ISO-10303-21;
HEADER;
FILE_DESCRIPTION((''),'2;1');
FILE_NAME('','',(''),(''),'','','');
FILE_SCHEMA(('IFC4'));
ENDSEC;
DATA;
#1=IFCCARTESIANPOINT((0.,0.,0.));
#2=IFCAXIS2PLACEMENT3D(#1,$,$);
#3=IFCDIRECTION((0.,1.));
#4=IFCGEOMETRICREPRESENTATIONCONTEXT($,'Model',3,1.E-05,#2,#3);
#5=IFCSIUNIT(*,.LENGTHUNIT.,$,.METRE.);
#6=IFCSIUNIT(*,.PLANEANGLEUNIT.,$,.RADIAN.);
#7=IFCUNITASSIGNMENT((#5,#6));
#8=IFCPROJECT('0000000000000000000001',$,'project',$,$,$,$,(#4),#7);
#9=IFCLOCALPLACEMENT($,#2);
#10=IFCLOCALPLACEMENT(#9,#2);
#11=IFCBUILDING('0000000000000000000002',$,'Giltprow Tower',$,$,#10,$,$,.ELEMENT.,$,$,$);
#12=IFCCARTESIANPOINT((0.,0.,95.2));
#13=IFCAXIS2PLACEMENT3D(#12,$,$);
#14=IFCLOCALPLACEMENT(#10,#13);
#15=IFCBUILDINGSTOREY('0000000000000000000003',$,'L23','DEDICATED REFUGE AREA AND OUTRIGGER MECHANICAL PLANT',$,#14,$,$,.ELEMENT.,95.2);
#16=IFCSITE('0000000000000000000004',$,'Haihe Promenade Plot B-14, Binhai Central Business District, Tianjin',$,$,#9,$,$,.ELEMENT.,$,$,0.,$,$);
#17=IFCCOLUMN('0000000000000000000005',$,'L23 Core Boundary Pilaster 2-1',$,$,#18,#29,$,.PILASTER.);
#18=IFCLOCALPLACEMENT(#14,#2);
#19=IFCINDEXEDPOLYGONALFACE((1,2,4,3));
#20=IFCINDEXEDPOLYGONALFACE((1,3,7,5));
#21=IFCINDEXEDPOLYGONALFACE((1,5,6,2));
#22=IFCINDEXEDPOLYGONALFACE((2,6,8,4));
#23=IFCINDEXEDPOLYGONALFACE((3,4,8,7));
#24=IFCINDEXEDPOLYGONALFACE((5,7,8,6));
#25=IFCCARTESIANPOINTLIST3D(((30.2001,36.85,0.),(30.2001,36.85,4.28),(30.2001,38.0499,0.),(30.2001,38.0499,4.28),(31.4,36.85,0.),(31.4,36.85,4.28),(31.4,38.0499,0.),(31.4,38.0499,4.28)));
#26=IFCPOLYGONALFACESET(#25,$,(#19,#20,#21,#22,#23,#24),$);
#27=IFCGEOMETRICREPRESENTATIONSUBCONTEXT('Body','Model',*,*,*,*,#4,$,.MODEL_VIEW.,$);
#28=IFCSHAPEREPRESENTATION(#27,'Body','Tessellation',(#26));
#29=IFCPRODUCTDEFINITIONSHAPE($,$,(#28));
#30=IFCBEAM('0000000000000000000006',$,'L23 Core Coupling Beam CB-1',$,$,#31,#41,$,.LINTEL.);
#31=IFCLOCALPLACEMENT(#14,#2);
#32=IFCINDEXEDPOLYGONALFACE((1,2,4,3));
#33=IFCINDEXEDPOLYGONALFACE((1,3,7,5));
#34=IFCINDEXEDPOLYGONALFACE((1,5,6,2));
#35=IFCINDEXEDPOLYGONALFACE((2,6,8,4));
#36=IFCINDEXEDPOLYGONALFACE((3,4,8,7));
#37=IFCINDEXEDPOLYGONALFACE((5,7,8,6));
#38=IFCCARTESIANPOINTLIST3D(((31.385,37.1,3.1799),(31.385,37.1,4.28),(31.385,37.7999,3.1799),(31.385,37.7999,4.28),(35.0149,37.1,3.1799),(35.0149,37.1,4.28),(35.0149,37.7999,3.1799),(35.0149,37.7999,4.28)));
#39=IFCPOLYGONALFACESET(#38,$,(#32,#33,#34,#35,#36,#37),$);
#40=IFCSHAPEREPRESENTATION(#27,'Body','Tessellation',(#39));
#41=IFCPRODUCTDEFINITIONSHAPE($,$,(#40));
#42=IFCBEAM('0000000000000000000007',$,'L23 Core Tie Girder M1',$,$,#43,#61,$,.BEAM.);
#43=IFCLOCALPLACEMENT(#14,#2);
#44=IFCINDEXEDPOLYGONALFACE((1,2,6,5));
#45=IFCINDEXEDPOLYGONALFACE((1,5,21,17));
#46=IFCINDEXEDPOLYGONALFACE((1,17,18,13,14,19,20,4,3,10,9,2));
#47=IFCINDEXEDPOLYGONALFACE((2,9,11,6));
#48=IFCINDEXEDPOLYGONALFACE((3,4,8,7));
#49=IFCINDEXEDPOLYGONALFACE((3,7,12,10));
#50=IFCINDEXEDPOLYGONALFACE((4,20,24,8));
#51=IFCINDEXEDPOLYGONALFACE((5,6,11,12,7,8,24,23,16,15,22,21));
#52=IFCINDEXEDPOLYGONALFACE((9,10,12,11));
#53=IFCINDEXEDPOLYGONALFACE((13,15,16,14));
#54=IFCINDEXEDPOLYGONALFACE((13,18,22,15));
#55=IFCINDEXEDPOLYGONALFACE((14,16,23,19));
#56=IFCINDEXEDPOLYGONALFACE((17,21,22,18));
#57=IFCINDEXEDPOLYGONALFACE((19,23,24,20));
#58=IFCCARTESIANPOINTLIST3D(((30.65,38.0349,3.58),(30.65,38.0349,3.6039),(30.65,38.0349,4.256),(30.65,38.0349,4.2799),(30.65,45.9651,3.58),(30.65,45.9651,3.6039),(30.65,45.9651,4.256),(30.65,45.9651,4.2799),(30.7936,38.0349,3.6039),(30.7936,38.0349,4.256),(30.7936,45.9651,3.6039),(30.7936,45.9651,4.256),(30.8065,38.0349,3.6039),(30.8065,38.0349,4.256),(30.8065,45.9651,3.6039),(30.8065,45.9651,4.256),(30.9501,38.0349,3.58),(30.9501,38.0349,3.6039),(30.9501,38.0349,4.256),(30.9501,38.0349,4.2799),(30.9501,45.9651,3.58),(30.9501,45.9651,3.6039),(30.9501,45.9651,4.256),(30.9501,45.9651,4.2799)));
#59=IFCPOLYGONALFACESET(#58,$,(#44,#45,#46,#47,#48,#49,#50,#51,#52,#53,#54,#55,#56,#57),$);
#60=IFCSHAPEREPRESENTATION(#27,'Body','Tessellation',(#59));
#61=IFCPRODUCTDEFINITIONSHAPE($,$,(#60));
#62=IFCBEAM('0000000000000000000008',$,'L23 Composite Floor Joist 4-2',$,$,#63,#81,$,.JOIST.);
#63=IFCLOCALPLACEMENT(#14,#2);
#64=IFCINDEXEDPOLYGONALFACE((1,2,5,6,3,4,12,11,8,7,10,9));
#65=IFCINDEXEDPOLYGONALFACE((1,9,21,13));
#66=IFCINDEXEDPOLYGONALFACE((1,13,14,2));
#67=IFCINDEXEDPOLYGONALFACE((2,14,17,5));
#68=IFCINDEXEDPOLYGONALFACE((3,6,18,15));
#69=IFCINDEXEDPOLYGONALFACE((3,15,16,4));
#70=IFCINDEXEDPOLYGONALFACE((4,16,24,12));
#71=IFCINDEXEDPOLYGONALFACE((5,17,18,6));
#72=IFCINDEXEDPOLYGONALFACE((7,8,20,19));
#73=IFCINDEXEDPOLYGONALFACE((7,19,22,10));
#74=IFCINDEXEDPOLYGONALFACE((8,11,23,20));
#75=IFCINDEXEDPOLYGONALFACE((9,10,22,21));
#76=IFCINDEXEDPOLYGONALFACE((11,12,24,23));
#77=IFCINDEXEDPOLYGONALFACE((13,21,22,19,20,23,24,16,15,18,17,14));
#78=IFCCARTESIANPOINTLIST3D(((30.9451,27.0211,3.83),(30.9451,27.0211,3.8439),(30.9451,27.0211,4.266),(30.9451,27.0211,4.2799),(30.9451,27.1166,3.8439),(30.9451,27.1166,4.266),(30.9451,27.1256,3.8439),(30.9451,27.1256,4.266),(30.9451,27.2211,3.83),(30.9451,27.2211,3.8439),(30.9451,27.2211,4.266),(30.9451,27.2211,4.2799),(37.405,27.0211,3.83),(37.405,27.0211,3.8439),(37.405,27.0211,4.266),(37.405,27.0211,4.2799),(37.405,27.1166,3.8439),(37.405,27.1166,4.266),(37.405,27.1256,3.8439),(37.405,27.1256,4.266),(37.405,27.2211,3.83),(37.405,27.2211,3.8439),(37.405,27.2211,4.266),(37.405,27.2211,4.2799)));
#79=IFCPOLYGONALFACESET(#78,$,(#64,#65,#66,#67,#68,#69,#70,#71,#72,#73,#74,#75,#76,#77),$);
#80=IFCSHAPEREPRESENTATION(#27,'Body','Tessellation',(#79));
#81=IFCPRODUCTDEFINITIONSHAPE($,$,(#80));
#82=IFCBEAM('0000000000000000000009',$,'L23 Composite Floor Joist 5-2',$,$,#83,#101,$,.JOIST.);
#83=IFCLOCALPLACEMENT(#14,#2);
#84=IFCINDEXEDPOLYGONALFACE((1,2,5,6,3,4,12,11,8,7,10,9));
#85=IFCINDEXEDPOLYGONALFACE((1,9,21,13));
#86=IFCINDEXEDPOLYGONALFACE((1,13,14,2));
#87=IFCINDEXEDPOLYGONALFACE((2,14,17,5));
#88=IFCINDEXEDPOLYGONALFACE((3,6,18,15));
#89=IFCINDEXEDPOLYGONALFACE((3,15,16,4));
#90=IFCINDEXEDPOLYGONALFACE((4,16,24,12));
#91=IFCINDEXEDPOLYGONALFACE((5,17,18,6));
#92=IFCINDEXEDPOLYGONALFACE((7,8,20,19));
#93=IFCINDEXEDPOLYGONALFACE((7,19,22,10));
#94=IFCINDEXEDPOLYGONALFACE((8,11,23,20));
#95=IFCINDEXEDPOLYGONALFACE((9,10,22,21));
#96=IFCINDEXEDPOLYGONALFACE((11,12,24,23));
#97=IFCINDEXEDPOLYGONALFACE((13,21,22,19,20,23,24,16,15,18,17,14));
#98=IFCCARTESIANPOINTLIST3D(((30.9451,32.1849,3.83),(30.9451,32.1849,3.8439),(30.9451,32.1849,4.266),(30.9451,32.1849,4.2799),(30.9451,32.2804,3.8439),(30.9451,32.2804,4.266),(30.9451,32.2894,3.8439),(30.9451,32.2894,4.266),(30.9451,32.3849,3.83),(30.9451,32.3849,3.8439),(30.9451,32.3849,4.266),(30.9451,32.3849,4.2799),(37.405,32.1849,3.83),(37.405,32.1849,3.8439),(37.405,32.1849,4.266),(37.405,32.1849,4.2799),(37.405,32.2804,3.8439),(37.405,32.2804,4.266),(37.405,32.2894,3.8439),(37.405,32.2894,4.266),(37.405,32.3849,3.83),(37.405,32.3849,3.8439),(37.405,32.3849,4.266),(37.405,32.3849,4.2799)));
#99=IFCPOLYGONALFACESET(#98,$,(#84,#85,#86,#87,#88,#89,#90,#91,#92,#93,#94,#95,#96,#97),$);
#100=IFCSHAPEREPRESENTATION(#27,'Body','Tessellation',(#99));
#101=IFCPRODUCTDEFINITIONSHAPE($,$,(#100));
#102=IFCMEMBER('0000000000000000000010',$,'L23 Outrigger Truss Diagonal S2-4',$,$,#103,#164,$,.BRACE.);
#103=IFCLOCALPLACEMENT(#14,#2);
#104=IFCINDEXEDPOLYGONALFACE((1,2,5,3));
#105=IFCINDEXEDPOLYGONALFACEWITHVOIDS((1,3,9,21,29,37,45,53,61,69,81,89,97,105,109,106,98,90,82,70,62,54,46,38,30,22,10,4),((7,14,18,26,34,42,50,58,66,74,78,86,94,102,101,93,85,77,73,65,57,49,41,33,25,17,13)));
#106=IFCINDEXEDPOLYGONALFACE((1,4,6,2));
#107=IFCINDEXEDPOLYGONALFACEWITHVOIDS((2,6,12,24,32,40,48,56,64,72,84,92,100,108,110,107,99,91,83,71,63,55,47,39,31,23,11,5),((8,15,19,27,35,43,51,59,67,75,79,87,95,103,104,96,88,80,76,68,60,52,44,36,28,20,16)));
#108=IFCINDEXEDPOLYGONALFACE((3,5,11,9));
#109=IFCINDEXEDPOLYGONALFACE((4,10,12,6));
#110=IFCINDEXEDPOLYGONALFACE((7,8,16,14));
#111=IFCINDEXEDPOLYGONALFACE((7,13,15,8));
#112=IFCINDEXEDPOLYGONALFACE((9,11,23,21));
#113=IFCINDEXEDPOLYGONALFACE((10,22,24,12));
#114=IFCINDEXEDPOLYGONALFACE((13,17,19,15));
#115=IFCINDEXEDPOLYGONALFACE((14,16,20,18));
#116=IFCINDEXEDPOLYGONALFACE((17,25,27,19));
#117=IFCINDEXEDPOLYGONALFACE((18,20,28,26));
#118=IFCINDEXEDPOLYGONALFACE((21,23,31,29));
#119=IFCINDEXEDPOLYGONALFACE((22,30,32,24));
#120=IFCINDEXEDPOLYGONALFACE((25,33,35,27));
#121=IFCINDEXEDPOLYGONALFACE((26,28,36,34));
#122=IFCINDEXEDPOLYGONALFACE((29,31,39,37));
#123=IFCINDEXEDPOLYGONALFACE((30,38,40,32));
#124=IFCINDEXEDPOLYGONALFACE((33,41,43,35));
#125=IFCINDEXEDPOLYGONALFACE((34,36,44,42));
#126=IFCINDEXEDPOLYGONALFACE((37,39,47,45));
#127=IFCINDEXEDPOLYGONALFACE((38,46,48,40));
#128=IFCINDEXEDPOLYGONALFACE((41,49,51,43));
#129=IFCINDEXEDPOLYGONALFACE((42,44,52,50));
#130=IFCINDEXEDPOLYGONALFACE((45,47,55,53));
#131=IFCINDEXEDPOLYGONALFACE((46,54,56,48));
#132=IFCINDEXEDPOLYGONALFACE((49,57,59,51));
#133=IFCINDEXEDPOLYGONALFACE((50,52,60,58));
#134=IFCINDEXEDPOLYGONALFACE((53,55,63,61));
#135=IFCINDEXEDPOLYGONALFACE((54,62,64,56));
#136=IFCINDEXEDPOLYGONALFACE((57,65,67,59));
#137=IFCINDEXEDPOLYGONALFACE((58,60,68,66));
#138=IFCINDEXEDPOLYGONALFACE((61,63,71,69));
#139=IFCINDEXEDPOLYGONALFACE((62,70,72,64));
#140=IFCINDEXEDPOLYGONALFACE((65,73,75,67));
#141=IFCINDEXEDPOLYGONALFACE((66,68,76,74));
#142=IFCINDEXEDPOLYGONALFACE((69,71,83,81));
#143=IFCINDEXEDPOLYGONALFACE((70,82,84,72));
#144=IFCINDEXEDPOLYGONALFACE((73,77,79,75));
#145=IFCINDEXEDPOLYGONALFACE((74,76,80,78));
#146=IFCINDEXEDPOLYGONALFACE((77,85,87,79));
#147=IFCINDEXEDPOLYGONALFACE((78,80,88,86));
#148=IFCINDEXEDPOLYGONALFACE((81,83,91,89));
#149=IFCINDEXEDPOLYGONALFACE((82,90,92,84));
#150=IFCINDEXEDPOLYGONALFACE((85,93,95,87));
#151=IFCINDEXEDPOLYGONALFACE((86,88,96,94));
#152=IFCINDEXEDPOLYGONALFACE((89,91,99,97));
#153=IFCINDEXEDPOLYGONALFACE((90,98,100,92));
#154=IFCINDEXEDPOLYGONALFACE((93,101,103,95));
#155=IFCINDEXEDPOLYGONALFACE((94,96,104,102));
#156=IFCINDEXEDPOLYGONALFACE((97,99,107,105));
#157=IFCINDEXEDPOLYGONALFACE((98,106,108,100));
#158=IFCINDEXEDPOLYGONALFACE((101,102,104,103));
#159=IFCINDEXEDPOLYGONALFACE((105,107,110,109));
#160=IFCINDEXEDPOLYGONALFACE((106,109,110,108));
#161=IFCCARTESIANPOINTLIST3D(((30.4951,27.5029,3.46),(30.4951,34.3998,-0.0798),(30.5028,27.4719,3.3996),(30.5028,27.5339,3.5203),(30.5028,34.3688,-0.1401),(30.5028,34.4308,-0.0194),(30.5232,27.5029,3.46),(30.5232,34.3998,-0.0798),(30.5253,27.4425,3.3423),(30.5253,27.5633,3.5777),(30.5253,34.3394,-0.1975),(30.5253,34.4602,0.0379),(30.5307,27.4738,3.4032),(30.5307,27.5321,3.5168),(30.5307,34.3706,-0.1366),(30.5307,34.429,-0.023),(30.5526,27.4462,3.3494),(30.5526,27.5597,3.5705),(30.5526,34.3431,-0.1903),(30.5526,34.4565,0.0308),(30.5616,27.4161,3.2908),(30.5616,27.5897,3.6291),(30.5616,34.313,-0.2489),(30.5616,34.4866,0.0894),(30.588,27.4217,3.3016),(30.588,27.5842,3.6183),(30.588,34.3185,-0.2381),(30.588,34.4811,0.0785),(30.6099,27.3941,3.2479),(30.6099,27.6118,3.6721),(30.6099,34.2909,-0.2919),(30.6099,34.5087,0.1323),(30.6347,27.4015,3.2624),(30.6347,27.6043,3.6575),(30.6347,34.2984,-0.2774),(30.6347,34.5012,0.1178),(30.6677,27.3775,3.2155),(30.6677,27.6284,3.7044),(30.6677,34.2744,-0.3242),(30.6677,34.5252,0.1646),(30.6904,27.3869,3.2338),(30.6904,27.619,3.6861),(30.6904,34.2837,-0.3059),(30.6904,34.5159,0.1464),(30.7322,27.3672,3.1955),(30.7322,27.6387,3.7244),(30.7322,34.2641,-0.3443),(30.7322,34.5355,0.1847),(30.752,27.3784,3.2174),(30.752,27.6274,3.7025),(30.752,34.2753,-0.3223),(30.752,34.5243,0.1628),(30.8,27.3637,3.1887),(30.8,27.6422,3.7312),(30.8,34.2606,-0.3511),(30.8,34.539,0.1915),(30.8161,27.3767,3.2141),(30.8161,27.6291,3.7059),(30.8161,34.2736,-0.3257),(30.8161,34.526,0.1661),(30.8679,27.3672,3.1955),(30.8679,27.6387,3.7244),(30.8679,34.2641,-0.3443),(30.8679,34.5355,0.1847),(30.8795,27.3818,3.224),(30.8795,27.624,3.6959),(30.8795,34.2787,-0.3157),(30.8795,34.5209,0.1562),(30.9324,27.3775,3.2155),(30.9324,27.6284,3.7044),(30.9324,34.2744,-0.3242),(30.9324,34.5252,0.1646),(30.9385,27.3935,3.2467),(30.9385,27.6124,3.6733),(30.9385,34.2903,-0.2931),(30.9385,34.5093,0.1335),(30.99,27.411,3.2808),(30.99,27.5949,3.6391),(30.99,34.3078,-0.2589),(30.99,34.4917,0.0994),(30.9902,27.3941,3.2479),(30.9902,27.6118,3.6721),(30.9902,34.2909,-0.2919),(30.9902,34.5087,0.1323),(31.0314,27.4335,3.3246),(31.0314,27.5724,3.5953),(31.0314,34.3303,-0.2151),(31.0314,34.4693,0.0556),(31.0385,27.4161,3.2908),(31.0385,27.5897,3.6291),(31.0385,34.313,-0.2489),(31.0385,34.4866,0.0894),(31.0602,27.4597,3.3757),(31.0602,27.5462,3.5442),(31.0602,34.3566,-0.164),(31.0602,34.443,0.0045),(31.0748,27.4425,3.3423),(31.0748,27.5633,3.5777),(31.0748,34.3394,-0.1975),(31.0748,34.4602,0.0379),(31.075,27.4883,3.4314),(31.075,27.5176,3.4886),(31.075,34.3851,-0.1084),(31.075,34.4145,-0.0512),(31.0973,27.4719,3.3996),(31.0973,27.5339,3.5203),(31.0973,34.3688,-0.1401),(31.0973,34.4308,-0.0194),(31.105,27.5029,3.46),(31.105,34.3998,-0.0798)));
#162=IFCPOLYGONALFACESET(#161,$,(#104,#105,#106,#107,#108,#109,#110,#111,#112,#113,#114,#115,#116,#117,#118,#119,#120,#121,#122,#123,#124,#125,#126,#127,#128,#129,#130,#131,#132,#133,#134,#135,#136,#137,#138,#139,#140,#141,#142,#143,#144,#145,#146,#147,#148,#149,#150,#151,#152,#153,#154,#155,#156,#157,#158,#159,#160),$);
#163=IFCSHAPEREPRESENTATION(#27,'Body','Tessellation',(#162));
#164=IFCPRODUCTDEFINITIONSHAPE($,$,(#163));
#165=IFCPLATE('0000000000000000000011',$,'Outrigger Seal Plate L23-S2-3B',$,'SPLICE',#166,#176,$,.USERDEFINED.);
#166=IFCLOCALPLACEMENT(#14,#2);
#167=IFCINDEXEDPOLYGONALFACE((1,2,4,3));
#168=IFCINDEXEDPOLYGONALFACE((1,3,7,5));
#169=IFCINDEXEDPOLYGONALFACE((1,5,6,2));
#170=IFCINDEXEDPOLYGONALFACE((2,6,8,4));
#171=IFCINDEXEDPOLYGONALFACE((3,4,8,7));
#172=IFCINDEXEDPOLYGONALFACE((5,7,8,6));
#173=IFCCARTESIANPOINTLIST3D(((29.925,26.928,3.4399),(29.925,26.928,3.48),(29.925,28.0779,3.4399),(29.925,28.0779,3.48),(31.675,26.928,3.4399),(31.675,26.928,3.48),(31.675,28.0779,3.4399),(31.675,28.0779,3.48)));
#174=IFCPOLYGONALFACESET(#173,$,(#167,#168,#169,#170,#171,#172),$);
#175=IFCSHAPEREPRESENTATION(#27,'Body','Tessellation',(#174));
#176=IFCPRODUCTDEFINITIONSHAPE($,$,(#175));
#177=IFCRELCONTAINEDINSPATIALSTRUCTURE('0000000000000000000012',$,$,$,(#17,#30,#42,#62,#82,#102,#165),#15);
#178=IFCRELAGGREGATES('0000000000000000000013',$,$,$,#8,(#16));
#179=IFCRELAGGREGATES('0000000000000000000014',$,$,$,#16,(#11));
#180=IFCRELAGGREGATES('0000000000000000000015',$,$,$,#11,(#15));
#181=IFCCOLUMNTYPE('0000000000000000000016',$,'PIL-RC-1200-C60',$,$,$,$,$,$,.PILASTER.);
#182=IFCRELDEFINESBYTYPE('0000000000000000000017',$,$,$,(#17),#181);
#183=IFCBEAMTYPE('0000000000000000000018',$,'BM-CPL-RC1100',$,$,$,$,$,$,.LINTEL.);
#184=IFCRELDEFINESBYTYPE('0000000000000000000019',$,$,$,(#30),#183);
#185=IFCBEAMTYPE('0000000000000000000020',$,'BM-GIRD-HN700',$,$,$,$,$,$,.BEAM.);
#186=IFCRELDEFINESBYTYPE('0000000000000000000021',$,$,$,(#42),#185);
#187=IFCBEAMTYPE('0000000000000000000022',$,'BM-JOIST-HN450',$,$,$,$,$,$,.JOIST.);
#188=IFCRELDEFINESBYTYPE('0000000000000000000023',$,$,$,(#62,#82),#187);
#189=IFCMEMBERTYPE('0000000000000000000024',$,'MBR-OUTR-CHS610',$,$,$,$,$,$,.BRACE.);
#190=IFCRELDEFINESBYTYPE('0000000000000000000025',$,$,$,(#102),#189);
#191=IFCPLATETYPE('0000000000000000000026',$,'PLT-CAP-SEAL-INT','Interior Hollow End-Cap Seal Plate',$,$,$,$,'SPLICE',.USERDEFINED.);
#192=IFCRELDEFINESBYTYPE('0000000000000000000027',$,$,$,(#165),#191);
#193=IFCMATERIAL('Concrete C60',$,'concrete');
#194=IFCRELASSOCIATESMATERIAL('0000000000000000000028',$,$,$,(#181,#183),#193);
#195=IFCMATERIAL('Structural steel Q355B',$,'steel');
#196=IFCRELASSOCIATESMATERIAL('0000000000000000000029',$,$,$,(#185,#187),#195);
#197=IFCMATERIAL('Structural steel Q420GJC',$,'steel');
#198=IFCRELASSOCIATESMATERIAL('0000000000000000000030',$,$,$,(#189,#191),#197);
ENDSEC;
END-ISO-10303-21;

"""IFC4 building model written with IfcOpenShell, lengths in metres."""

from ifc_helpers import new_model, si_unit, direction, frame, origin, origin_2d, place, context, subcontext, project, spatial, rectangle, hollow_circle, i_section, extrude, source, transform, mapped, material, material_profile, profile_set, type_object, element, save


model = new_model("IFC4")

# Units and contexts
model_context = context("Model", 3, precision=1e-05, world=origin(), true_north=direction((0.0, 1.0)))
body_context = subcontext(model_context, "Body", "Model", "MODEL_VIEW")
ifc_project = project(units=[si_unit("LENGTHUNIT", "METRE"), si_unit("PLANEANGLEUNIT", "RADIAN")], contexts=[model_context])

# Site, building, storey
site_placement = place(None, origin())
site = spatial("IfcSite", under=ifc_project, at=site_placement, Name="Haihe Promenade Plot B-14, Binhai Central Business District, Tianjin", CompositionType="ELEMENT", RefElevation=0.0)
building_placement = place(site_placement, origin())
building = spatial("IfcBuilding", under=site, at=building_placement, Name="Giltprow Tower", CompositionType="ELEMENT")
storey_placement = place(building_placement, frame((0.0, 0.0, 95.2)))
storey = spatial("IfcBuildingStorey", under=building, at=storey_placement, Name="L23", Description="DEDICATED REFUGE AREA AND OUTRIGGER MECHANICAL PLANT", CompositionType="ELEMENT", Elevation=95.2)

# Column
ifc_material_1 = material(Name="Concrete C60", Category="concrete")
ifc_material_profile_1 = material_profile(ifc_material_1, rectangle(XDim=1.2, YDim=1.2, at=origin_2d()), Name="RC 1200x1200")
ifc_profile_set_1 = profile_set([ifc_material_profile_1], Name="Concrete C60")
column_type = type_object("IfcColumnType", Name="PIL-RC-1200-C60", PredefinedType="PILASTER", material=ifc_profile_set_1)
shared_shape_1 = source(origin(), body_context, "Body", "SweptSolid", [
    extrude(rectangle(XDim=1.2, YDim=1.2, at=origin_2d()), origin(), (0.0, 0.0, 1.0), 4.28),
])
column_placement = place(storey_placement, frame((30.8, 37.45, 0.0), z_axis=(0.0, 0.0, 1.0), x_axis=(1.0, 0.0, 0.0)))
element("IfcColumn", 1, at=column_placement, inside=storey, type_object=column_type, Name="L23 Core Boundary Pilaster 2-1", PredefinedType="PILASTER", context=body_context, shape_type="MappedRepresentation", body=[
    mapped(shared_shape_1, transform((0.0, 0.0, 0.0), x_axis=(1.0, 0.0, 0.0), y_axis=(0.0, 1.0, 0.0), z_axis=(0.0, 0.0, 1.0), scale=1.0)),
])

# Beams
ifc_material_profile_2 = material_profile(ifc_material_1, rectangle(XDim=0.7, YDim=1.1001, at=origin_2d()), Name="RC 1100x700")
ifc_profile_set_2 = profile_set([ifc_material_profile_2], Name="Concrete C60")
beam_type_1 = type_object("IfcBeamType", Name="BM-CPL-RC1100", PredefinedType="LINTEL", material=ifc_profile_set_2)
shared_shape_2 = source(origin(), body_context, "Body", "SweptSolid", [
    extrude(rectangle(XDim=0.7, YDim=1.1001, at=origin_2d()), origin(), (0.0, 0.0, 1.0), 3.6299),
])
beam_1_placement = place(storey_placement, frame((31.385, 37.45, 3.73), z_axis=(1.0, 0.0, 0.0), x_axis=(0.0, 1.0, 0.0)))
element("IfcBeam", 2, at=beam_1_placement, inside=storey, type_object=beam_type_1, Name="L23 Core Coupling Beam CB-1", PredefinedType="LINTEL", context=body_context, shape_type="MappedRepresentation", body=[
    mapped(shared_shape_2, transform((0.0, 0.0, 0.0), x_axis=(1.0, 0.0, 0.0), y_axis=(0.0, 1.0, 0.0), z_axis=(0.0, 0.0, 1.0), scale=1.0)),
])
ifc_material_2 = material(Name="Structural steel Q355B", Category="steel")
ifc_material_profile_3 = material_profile(ifc_material_2, i_section(OverallWidth=0.3, OverallDepth=0.7, WebThickness=0.0129, FlangeThickness=0.0239, at=origin_2d()), Name="HN 700x300x13x24")
ifc_profile_set_3 = profile_set([ifc_material_profile_3], Name="Structural steel Q355B")
beam_type_2 = type_object("IfcBeamType", Name="BM-GIRD-HN700", PredefinedType="BEAM", material=ifc_profile_set_3)
shared_shape_3 = source(origin(), body_context, "Body", "SweptSolid", [
    extrude(i_section(OverallWidth=0.3, OverallDepth=0.7, WebThickness=0.0129, FlangeThickness=0.0239, at=origin_2d()), origin(), (0.0, 0.0, 1.0), 7.9302),
])
beam_2_placement = place(storey_placement, frame((30.8, 38.0349, 3.9299), z_axis=(0.0, 1.0, 0.0), x_axis=(-1.0, 0.0, 0.0)))
element("IfcBeam", 3, at=beam_2_placement, inside=storey, type_object=beam_type_2, Name="L23 Core Tie Girder M1", PredefinedType="BEAM", context=body_context, shape_type="MappedRepresentation", body=[
    mapped(shared_shape_3, transform((0.0, 0.0, 0.0), x_axis=(1.0, 0.0, 0.0), y_axis=(0.0, 1.0, 0.0), z_axis=(0.0, 0.0, 1.0), scale=1.0)),
])
ifc_material_profile_4 = material_profile(ifc_material_2, i_section(OverallWidth=0.2, OverallDepth=0.45, WebThickness=0.009, FlangeThickness=0.0139, at=origin_2d()), Name="HN 450x200x9x14")
ifc_profile_set_4 = profile_set([ifc_material_profile_4], Name="Structural steel Q355B")
beam_type_3 = type_object("IfcBeamType", Name="BM-JOIST-HN450", PredefinedType="JOIST", material=ifc_profile_set_4)
shared_shape_4 = source(origin(), body_context, "Body", "SweptSolid", [
    extrude(i_section(OverallWidth=0.2, OverallDepth=0.45, WebThickness=0.009, FlangeThickness=0.0139, at=origin_2d()), origin(), (0.0, 0.0, 1.0), 6.46),
])
for number, where, z_axis, x_axis, name in (
    (4, (30.9451, 27.1211, 4.0549), (1.0, 0.0, 0.0), (0.0, 1.0, 0.0), "L23 Composite Floor Joist 4-2"),
    (5, (30.9451, 32.2849, 4.0549), (1.0, 0.0, 0.0), (0.0, 1.0, 0.0), "L23 Composite Floor Joist 5-2"),
):
    element("IfcBeam", number, at=place(storey_placement, frame(where, z_axis=z_axis, x_axis=x_axis)), inside=storey, type_object=beam_type_3, Name=name, PredefinedType="JOIST", context=body_context, shape_type="MappedRepresentation", body=[
        mapped(shared_shape_4, transform((0.0, 0.0, 0.0), x_axis=(1.0, 0.0, 0.0), y_axis=(0.0, 1.0, 0.0), z_axis=(0.0, 0.0, 1.0), scale=1.0)),
    ])

# Member
ifc_material_3 = material(Name="Structural steel Q420GJC", Category="steel")
ifc_material_profile_5 = material_profile(ifc_material_3, hollow_circle(Radius=0.3049, WallThickness=0.0281, at=origin_2d()), Name="CHS 610x28")
ifc_profile_set_5 = profile_set([ifc_material_profile_5], Name="Structural steel Q420GJC")
member_type = type_object("IfcMemberType", Name="MBR-OUTR-CHS610", PredefinedType="BRACE", material=ifc_profile_set_5)
shared_shape_5 = source(origin(), body_context, "Body", "SweptSolid", [
    extrude(hollow_circle(Radius=0.3049, WallThickness=0.0281, at=origin_2d()), origin(), (0.0, 0.0, 1.0), 7.7522),
])
member_placement = place(storey_placement, frame((30.8, 27.5029, 3.46), z_axis=(0.0, 0.889666, -0.456611), x_axis=(-1.0, 0.0, 0.0)))
element("IfcMember", 6, at=member_placement, inside=storey, type_object=member_type, Name="L23 Outrigger Truss Diagonal S2-4", PredefinedType="BRACE", context=body_context, shape_type="MappedRepresentation", body=[
    mapped(shared_shape_5, transform((0.0, 0.0, 0.0), x_axis=(1.0, 0.0, 0.0), y_axis=(0.0, 1.0, 0.0), z_axis=(0.0, 0.0, 1.0), scale=1.0)),
])

# Plate
plate_type = type_object("IfcPlateType", Name="PLT-CAP-SEAL-INT", Description="Interior Hollow End-Cap Seal Plate", ElementType="SPLICE", PredefinedType="USERDEFINED", material=ifc_material_3)
shared_shape_6 = source(origin(), body_context, "Body", "SweptSolid", [
    extrude(rectangle(XDim=1.75, YDim=1.1499, at=origin_2d()), origin(), (0.0, 0.0, 1.0), 0.04),
])
for number, where, z_axis, x_axis, name in (
    (7, (30.8, 27.5029, 3.4399), (0.0, 0.0, 1.0), (1.0, 0.0, 0.0), "Outrigger Seal Plate L23-S2-3B"),
):
    element("IfcPlate", number, at=place(storey_placement, frame(where, z_axis=z_axis, x_axis=x_axis)), inside=storey, type_object=plate_type, Name=name, ObjectType="SPLICE", PredefinedType="USERDEFINED", context=body_context, shape_type="MappedRepresentation", body=[
        mapped(shared_shape_6, transform((0.0, 0.0, 0.0), x_axis=(1.0, 0.0, 0.0), y_axis=(0.0, 1.0, 0.0), z_axis=(0.0, 0.0, 1.0), scale=1.0)),
    ])

save(model, "model.ifc")
